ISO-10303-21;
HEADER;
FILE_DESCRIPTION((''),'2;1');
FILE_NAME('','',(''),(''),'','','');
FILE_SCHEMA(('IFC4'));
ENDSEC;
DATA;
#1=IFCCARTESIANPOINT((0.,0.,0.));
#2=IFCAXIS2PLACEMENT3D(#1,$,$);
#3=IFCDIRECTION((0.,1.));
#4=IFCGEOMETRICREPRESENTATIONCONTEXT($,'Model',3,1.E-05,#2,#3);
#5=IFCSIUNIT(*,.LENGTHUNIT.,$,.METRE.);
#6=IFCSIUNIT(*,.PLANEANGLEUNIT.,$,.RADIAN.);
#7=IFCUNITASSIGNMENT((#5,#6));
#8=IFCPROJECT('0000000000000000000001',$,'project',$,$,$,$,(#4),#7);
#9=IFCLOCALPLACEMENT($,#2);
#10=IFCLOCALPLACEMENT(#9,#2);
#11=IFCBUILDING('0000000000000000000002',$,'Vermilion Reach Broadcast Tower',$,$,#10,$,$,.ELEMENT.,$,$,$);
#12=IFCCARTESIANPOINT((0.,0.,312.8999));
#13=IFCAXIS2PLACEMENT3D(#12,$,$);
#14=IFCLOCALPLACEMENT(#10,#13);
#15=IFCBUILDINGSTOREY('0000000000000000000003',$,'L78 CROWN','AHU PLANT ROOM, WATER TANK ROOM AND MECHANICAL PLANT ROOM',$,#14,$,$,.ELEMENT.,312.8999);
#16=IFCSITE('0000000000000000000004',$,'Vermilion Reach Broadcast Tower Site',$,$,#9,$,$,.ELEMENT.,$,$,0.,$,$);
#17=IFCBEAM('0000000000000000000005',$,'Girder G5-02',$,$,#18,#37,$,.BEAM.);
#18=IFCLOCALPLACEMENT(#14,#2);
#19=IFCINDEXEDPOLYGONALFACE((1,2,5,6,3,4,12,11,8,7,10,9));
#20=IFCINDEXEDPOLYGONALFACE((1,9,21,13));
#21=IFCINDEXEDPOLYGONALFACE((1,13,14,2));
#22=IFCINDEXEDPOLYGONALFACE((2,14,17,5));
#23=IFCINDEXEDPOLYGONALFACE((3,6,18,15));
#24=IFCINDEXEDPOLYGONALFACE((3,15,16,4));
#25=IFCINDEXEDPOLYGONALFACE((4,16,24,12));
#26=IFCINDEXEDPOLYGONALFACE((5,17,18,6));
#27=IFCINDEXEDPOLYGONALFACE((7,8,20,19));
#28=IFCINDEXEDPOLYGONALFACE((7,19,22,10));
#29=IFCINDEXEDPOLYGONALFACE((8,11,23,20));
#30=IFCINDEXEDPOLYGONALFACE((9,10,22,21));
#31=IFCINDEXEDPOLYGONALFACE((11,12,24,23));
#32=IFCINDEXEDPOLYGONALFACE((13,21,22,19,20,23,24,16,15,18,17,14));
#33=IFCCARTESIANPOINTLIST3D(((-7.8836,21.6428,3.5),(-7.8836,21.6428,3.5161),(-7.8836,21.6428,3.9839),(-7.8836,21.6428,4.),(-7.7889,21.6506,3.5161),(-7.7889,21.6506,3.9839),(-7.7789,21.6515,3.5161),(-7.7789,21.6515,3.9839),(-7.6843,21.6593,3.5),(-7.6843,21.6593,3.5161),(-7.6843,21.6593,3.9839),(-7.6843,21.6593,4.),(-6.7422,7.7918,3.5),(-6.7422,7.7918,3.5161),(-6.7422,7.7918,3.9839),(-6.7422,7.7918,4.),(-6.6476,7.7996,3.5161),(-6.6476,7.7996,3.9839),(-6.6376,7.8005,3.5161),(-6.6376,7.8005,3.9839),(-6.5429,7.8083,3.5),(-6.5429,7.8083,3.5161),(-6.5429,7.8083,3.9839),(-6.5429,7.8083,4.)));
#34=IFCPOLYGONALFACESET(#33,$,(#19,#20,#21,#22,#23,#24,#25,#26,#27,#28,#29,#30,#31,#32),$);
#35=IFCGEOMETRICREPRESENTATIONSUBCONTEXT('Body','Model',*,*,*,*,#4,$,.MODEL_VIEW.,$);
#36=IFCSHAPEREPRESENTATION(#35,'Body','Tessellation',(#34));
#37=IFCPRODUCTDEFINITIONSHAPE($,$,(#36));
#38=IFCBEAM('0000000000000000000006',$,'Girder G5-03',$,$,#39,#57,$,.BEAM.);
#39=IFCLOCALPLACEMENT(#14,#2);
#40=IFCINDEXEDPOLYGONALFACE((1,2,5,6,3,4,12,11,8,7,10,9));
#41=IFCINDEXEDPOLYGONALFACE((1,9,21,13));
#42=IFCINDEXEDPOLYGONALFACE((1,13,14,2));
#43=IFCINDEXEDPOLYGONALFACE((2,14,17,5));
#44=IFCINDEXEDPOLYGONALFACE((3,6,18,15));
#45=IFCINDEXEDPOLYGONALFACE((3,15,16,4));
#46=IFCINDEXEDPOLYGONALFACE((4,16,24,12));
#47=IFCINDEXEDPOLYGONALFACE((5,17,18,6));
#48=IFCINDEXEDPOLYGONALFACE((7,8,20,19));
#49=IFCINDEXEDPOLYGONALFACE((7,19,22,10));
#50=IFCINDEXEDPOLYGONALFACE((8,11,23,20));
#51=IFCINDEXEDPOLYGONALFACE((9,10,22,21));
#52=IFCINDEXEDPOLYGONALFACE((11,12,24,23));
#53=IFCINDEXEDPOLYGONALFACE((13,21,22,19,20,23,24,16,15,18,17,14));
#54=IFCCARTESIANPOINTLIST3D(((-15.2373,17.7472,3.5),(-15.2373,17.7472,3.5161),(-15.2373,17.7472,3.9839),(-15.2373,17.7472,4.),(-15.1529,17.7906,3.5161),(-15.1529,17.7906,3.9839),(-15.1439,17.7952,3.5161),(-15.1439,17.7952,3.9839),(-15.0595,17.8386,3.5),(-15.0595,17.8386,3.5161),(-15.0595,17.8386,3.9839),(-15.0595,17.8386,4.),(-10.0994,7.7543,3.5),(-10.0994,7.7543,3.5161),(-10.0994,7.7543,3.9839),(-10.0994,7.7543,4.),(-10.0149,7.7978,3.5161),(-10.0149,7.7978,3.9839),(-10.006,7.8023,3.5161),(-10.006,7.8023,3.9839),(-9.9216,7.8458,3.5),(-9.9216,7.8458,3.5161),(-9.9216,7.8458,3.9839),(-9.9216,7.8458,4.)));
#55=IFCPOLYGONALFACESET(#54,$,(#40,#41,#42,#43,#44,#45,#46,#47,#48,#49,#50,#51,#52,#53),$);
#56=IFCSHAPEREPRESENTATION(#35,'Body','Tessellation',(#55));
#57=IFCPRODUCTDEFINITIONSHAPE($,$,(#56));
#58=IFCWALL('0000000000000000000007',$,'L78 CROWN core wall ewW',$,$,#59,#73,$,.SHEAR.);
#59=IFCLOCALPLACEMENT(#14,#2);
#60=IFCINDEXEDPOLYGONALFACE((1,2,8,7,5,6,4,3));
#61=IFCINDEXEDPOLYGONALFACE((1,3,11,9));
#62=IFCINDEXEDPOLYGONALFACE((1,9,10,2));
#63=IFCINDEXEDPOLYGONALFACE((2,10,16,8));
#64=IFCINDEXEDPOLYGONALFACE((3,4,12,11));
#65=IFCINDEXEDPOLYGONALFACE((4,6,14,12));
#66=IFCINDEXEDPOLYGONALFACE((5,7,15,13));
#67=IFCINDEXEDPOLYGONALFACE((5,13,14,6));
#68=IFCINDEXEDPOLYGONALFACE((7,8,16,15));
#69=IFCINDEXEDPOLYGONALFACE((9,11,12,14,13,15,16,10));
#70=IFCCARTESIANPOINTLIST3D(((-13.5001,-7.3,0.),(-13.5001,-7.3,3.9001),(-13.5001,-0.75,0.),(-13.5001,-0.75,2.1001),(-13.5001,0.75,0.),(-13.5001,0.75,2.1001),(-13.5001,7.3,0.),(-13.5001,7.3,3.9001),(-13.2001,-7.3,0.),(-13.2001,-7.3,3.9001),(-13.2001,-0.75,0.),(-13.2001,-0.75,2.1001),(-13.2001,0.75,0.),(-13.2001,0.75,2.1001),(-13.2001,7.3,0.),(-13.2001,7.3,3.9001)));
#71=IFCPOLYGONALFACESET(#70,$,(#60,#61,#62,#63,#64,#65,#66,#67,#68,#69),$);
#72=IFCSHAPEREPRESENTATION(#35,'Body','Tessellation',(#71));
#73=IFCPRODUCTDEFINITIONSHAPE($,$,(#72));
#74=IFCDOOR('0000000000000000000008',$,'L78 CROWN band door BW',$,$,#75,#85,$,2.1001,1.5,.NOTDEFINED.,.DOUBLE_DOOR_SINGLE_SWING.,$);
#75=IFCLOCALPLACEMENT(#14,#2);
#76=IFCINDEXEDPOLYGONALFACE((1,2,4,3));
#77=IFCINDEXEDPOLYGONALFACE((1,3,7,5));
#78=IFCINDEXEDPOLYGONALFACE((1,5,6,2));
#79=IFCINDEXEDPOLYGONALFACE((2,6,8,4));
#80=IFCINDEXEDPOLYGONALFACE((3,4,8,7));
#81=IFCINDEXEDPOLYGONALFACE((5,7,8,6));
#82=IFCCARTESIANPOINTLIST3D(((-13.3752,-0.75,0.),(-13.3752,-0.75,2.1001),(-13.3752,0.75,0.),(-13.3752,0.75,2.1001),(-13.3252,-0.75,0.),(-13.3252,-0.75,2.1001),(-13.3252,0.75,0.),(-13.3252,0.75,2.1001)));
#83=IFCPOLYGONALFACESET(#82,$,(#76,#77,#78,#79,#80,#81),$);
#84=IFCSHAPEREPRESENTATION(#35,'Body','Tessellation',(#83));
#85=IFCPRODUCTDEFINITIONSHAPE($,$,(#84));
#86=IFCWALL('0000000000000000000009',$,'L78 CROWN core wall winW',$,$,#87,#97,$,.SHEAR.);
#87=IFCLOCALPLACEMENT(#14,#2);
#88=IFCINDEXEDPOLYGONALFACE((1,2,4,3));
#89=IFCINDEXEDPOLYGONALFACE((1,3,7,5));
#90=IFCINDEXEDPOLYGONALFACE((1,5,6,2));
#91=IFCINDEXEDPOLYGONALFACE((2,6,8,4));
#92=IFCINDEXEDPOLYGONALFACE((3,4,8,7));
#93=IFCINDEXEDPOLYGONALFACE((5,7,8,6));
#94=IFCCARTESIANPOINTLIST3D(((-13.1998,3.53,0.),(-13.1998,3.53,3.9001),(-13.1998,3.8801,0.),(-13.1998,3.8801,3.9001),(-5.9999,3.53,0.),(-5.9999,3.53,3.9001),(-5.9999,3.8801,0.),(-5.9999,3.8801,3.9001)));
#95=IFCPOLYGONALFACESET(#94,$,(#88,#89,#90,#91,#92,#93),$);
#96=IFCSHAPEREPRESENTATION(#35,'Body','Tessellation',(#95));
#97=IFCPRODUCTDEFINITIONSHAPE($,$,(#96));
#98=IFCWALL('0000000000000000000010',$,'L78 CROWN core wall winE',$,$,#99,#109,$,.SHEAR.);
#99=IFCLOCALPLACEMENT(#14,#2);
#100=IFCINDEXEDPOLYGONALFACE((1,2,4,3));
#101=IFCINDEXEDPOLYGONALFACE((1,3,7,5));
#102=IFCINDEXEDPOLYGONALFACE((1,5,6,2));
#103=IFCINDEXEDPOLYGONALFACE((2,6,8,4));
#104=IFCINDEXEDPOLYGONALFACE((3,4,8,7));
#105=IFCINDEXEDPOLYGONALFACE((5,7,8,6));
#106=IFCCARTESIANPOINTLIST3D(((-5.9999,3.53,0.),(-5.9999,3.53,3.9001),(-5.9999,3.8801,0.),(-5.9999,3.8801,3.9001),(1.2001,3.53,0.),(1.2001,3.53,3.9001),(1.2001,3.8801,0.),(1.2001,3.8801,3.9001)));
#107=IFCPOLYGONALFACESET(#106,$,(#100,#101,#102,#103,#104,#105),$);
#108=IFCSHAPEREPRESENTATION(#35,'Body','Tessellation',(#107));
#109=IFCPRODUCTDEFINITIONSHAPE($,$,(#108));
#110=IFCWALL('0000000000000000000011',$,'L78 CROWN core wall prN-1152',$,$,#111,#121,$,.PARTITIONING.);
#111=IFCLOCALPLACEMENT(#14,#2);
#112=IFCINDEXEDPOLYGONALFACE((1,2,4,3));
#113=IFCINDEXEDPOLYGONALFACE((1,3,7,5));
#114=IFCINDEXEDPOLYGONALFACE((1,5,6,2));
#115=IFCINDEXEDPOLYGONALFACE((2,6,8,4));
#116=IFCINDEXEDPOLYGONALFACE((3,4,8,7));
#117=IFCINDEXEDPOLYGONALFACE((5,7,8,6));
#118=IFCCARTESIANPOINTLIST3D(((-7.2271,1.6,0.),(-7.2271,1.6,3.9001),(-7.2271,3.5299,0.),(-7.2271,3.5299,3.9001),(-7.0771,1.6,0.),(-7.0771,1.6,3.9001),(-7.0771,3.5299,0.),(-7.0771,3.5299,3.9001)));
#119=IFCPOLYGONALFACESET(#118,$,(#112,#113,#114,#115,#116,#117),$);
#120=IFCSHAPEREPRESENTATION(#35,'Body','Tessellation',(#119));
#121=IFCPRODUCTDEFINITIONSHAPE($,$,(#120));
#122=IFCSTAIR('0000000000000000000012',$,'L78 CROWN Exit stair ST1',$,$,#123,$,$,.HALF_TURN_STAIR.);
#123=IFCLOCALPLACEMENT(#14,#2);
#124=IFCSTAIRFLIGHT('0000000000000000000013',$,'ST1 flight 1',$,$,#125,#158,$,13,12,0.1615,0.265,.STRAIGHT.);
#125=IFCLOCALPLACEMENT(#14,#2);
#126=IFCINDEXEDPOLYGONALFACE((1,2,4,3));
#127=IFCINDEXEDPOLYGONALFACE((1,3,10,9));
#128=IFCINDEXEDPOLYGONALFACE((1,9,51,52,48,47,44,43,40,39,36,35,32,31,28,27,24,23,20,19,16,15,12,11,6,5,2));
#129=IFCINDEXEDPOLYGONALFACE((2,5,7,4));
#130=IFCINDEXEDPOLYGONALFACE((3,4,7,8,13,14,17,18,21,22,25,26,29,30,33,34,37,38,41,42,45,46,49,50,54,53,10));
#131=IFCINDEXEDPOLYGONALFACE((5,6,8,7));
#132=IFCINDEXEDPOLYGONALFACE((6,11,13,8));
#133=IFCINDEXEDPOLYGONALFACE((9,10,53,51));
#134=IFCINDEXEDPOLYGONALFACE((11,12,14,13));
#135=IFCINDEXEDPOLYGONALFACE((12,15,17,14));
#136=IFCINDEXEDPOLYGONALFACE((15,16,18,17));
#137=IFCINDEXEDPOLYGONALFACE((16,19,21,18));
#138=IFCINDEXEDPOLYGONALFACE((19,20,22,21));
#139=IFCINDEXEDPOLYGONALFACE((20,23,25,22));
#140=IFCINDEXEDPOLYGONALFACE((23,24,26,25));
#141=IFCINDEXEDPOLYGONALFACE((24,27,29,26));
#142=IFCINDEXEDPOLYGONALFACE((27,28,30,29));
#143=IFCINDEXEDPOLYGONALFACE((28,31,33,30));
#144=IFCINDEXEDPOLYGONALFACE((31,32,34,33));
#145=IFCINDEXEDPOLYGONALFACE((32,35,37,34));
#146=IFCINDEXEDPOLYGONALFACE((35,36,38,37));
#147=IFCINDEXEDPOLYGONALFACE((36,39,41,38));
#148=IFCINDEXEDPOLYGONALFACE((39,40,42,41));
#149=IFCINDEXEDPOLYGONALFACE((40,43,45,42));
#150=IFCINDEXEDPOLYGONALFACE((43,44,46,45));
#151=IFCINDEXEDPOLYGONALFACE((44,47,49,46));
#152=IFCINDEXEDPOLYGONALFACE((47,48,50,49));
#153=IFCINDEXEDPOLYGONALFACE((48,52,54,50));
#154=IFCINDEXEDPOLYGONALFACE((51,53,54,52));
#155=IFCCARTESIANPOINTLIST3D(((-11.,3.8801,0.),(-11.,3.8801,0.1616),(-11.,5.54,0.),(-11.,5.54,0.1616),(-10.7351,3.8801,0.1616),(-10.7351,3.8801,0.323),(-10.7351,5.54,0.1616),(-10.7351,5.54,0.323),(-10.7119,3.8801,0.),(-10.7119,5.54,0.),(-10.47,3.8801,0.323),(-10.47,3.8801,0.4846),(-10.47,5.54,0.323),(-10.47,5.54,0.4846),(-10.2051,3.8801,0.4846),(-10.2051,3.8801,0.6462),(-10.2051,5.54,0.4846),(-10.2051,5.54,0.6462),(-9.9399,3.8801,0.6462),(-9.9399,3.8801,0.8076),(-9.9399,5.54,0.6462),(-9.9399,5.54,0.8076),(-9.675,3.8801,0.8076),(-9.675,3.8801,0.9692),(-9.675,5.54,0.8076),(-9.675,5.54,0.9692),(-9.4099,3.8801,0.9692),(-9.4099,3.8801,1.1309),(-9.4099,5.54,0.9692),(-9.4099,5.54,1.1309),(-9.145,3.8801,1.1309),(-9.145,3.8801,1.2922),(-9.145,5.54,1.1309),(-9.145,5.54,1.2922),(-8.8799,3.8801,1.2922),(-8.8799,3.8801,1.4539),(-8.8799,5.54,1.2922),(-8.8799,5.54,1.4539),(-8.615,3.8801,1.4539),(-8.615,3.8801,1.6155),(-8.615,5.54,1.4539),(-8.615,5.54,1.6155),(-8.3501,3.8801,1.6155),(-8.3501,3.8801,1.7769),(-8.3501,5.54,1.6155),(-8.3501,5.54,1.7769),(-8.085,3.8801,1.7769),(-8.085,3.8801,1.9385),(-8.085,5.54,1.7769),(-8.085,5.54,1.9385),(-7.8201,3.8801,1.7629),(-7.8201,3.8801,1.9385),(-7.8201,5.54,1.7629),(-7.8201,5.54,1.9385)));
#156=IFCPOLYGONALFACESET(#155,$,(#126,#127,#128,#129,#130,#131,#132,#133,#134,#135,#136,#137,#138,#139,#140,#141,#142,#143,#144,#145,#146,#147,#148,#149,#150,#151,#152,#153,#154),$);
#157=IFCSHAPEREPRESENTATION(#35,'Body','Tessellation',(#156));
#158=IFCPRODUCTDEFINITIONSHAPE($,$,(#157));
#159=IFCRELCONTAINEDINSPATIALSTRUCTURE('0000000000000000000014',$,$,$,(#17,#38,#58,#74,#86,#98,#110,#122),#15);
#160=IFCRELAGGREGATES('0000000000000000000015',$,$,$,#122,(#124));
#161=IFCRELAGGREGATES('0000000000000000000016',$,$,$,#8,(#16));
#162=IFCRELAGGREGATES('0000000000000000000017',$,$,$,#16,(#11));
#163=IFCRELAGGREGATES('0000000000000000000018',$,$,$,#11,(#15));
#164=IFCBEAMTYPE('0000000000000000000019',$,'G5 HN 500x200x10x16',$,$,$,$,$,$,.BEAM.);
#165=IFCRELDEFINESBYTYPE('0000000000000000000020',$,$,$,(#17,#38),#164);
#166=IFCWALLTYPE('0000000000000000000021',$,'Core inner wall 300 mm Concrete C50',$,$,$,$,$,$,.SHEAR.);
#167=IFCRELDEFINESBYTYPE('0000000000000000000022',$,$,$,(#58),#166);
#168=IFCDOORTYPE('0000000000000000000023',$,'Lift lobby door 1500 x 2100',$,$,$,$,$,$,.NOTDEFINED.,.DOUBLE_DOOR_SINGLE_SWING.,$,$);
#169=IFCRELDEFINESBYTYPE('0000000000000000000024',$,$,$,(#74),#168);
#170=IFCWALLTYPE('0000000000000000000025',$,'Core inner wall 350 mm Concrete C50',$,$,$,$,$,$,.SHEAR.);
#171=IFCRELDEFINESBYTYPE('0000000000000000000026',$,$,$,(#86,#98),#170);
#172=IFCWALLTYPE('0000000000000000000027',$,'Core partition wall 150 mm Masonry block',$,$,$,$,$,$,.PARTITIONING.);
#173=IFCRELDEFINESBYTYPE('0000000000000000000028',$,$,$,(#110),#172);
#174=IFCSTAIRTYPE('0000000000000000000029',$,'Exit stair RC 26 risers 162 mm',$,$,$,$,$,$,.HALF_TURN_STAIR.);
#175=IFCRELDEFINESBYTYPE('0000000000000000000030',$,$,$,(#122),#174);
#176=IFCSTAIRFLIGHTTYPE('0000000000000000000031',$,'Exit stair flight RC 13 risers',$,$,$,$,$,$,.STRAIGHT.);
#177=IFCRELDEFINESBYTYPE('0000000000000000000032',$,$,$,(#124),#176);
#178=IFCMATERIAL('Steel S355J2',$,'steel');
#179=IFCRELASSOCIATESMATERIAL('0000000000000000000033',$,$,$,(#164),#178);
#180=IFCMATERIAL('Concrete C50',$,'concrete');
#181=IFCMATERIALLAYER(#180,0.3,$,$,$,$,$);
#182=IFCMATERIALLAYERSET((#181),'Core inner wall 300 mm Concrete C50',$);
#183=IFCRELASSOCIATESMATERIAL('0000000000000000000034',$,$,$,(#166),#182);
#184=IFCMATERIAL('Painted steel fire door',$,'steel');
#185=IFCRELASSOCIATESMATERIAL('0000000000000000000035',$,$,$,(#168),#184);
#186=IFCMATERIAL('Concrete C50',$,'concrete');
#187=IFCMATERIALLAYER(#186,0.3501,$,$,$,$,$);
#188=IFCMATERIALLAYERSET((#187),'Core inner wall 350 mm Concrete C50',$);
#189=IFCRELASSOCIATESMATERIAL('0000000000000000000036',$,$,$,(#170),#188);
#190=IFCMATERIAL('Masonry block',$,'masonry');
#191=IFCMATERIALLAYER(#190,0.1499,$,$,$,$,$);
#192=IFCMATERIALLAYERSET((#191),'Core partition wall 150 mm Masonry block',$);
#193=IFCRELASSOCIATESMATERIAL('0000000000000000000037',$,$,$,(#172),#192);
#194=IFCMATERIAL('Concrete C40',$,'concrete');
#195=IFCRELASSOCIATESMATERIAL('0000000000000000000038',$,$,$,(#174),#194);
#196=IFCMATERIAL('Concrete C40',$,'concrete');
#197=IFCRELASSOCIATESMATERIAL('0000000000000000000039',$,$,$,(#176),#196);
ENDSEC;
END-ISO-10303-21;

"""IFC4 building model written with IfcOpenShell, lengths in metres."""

from ifc_helpers import new_model, si_unit, direction, frame, frame_2d, origin, origin_2d, place, context, subcontext, project, spatial, polyline, rectangle, i_section, outline, extrude, material, layer, layer_set, material_profile, profile_set, type_object, element, fill, aggregate, save


model = new_model("IFC4")

# Units and contexts
model_context = context("Model", 3, precision=1e-05, world=origin(), true_north=direction((0.0, 1.0)))
body_context = subcontext(model_context, "Body", "Model", "MODEL_VIEW")
ifc_project = project(units=[si_unit("LENGTHUNIT", "METRE"), si_unit("PLANEANGLEUNIT", "RADIAN")], contexts=[model_context])

# Site, building, storey
site_placement = place(None, origin())
site = spatial("IfcSite", under=ifc_project, at=site_placement, Name="Vermilion Reach Broadcast Tower Site", CompositionType="ELEMENT", RefElevation=0.0)
building_placement = place(site_placement, origin())
building = spatial("IfcBuilding", under=site, at=building_placement, Name="Vermilion Reach Broadcast Tower", CompositionType="ELEMENT")
storey_placement = place(building_placement, frame((0.0, 0.0, 312.8999)))
storey = spatial("IfcBuildingStorey", under=building, at=storey_placement, Name="L78 CROWN", Description="AHU PLANT ROOM, WATER TANK ROOM AND MECHANICAL PLANT ROOM", CompositionType="ELEMENT", Elevation=312.8999)

# Beams
ifc_material_1 = material(Name="Steel S355J2", Category="steel")
ifc_material_profile = material_profile(ifc_material_1, i_section(OverallWidth=0.2, OverallDepth=0.5, WebThickness=0.01, FlangeThickness=0.0161, at=origin_2d()), Name="S355J2 HN 500x200x10x16")
ifc_profile_set = profile_set([ifc_material_profile], Name="Steel S355J2")
beam_type = type_object("IfcBeamType", Name="G5 HN 500x200x10x16", PredefinedType="BEAM", material=ifc_profile_set)
beam_1_placement = place(storey_placement, frame((-6.6426, 7.8, 3.75), z_axis=(-0.082124, 0.996622, 0.0), x_axis=(-0.996622, -0.082124, 0.0)))
element("IfcBeam", 1, at=beam_1_placement, inside=storey, type_object=beam_type, Name="Girder G5-02", PredefinedType="BEAM", context=body_context, shape_type="SweptSolid", body=[
    extrude(i_section(OverallWidth=0.2, OverallDepth=0.5, WebThickness=0.01, FlangeThickness=0.0161, at=origin_2d()), origin(), (0.0, 0.0, 1.0), 13.8979),
])
beam_2_placement = place(storey_placement, frame((-10.0105, 7.8, 3.75), z_axis=(-0.457258, 0.889334, 0.0), x_axis=(-0.889334, -0.457258, 0.0)))
element("IfcBeam", 2, at=beam_2_placement, inside=storey, type_object=beam_type, Name="Girder G5-03", PredefinedType="BEAM", context=body_context, shape_type="SweptSolid", body=[
    extrude(i_section(OverallWidth=0.2, OverallDepth=0.5, WebThickness=0.01, FlangeThickness=0.0161, at=origin_2d()), origin(), (0.0, 0.0, 1.0), 11.2363),
])

# Wall, opening, door
ifc_material_2 = material(Name="Concrete C50", Category="concrete")
ifc_layer_1 = layer(ifc_material_2, 0.3)
ifc_layer_set_1 = layer_set([ifc_layer_1], Name="Core inner wall 300 mm Concrete C50")
wall_type_1 = type_object("IfcWallType", Name="Core inner wall 300 mm Concrete C50", PredefinedType="SHEAR", material=ifc_layer_set_1)
wall_1_placement = place(storey_placement, frame((-13.3501, 7.3, 0.0), z_axis=(0.0, 0.0, 1.0), x_axis=(0.0, -1.0, 0.0)))
wall_1 = element("IfcWall", 3, at=wall_1_placement, inside=storey, type_object=wall_type_1, Name="L78 CROWN core wall ewW", PredefinedType="SHEAR", context=body_context, shape_type="SweptSolid", body=[
    extrude(rectangle(XDim=14.6001, YDim=0.3, at=frame_2d((7.3, 0.0))), origin(), (0.0, 0.0, 1.0), 3.9001),
])
opening_1_placement = place(wall_1_placement, frame((6.55, 0.0, 0.0)))
opening_1 = element("IfcOpeningElement", 4, at=opening_1_placement, cuts=wall_1, PredefinedType="OPENING", context=body_context, shape_type="SweptSolid", body=[
    extrude(rectangle(XDim=1.5, YDim=2.1001, at=frame_2d((0.75, 1.05))), frame((0.0, 0.1599, 0.0), z_axis=(0.0, -1.0, 0.0), x_axis=(1.0, 0.0, 0.0)), (0.0, 0.0, 1.0), 0.3201),
])
ifc_material_3 = material(Name="Painted steel fire door", Category="steel")
door_type_1 = type_object("IfcDoorType", Name="Lift lobby door 1500 x 2100", OperationType="DOUBLE_DOOR_SINGLE_SWING", PredefinedType="NOTDEFINED", material=ifc_material_3)
door_1_placement = place(opening_1_placement, origin())
door_1 = element("IfcDoor", 5, at=door_1_placement, inside=storey, type_object=door_type_1, Name="L78 CROWN band door BW", OperationType="DOUBLE_DOOR_SINGLE_SWING", OverallHeight=2.1001, OverallWidth=1.5, PredefinedType="NOTDEFINED", context=body_context, shape_type="SweptSolid", body=[
    extrude(rectangle(XDim=1.5, YDim=2.1001, at=frame_2d((0.75, 1.05))), frame((0.0, 0.0249, 0.0), z_axis=(0.0, -1.0, 0.0), x_axis=(1.0, 0.0, 0.0)), (0.0, 0.0, 1.0), 0.05),
])
fill(opening_1, door_1)

# Walls
ifc_material_4 = material(Name="Concrete C50", Category="concrete")
ifc_layer_2 = layer(ifc_material_4, 0.3501)
ifc_layer_set_2 = layer_set([ifc_layer_2], Name="Core inner wall 350 mm Concrete C50")
wall_type_2 = type_object("IfcWallType", Name="Core inner wall 350 mm Concrete C50", PredefinedType="SHEAR", material=ifc_layer_set_2)
for number, where, z_axis, x_axis, name in (
    (6, (-13.2, 3.7051, 0.0), (0.0, 0.0, 1.0), (1.0, 0.0, 0.0), "L78 CROWN core wall winW"),
    (7, (-6.0, 3.7051, 0.0), (0.0, 0.0, 1.0), (1.0, 0.0, 0.0), "L78 CROWN core wall winE"),
):
    element("IfcWall", number, at=place(storey_placement, frame(where, z_axis=z_axis, x_axis=x_axis)), inside=storey, type_object=wall_type_2, Name=name, PredefinedType="SHEAR", context=body_context, shape_type="SweptSolid", body=[
        extrude(rectangle(XDim=7.2, YDim=0.3501, at=frame_2d((3.6001, 0.0))), origin(), (0.0, 0.0, 1.0), 3.9001),
    ])
ifc_material_5 = material(Name="Masonry block", Category="masonry")
ifc_layer_3 = layer(ifc_material_5, 0.1499)
ifc_layer_set_3 = layer_set([ifc_layer_3], Name="Core partition wall 150 mm Masonry block")
wall_type_3 = type_object("IfcWallType", Name="Core partition wall 150 mm Masonry block", PredefinedType="PARTITIONING", material=ifc_layer_set_3)
wall_2_placement = place(storey_placement, frame((-7.1521, 1.6001, 0.0), z_axis=(0.0, 0.0, 1.0), x_axis=(0.0, 1.0, 0.0)))
element("IfcWall", 8, at=wall_2_placement, inside=storey, type_object=wall_type_3, Name="L78 CROWN core wall prN-1152", PredefinedType="PARTITIONING", context=body_context, shape_type="SweptSolid", body=[
    extrude(rectangle(XDim=1.9299, YDim=0.1499, at=frame_2d((0.9648, 0.0))), origin(), (0.0, 0.0, 1.0), 3.9001),
])

# Stair, stair flight
ifc_material_6 = material(Name="Concrete C40", Category="concrete")
stair_type = type_object("IfcStairType", Name="Exit stair RC 26 risers 162 mm", PredefinedType="HALF_TURN_STAIR", material=ifc_material_6)
stair_placement = place(storey_placement, origin())
stair = element("IfcStair", 9, at=stair_placement, inside=storey, type_object=stair_type, Name="L78 CROWN Exit stair ST1", PredefinedType="HALF_TURN_STAIR")
ifc_material_7 = material(Name="Concrete C40", Category="concrete")
stair_flight_type = type_object("IfcStairFlightType", Name="Exit stair flight RC 13 risers", PredefinedType="STRAIGHT", material=ifc_material_7)
stair_flight_1_placement = place(storey_placement, frame((-11.0, 4.71, 0.0), z_axis=(0.0, 0.0, 1.0), x_axis=(1.0, 0.0, 0.0)))
stair_flight_1 = element("IfcStairFlight", 10, at=stair_flight_1_placement, type_object=stair_flight_type, Name="ST1 flight 1", NumberOfRisers=13, NumberOfTreads=12, PredefinedType="STRAIGHT", RiserHeight=0.1615, TreadLength=0.265, context=body_context, shape_type="SweptSolid", body=[
    extrude(outline(polyline([(0.0, 0.0), (0.0, 0.1616), (0.2649, 0.1616), (0.2649, 0.323), (0.53, 0.323), (0.53, 0.4846), (0.7949, 0.4846), (0.7949, 0.6462), (1.0601, 0.6462), (1.0601, 0.8076), (1.325, 0.8076), (1.325, 0.9692), (1.5901, 0.9692), (1.5901, 1.1309), (1.855, 1.1309), (1.855, 1.2922), (2.1201, 1.2922), (2.1201, 1.4539), (2.385, 1.4539), (2.385, 1.6155), (2.6499, 1.6155), (2.6499, 1.7769), (2.915, 1.7769), (2.915, 1.9385), (3.1799, 1.9385), (3.1799, 2.1001), (3.1799, 1.7629), (0.2881, 0.0), (0.0, 0.0)])), frame((0.0, 0.8301, 0.0), z_axis=(0.0, -1.0, 0.0), x_axis=(1.0, 0.0, 0.0)), (0.0, 0.0, 1.0), 1.6599),
])
aggregate(stair, [stair_flight_1])

save(model, "model.ifc")
